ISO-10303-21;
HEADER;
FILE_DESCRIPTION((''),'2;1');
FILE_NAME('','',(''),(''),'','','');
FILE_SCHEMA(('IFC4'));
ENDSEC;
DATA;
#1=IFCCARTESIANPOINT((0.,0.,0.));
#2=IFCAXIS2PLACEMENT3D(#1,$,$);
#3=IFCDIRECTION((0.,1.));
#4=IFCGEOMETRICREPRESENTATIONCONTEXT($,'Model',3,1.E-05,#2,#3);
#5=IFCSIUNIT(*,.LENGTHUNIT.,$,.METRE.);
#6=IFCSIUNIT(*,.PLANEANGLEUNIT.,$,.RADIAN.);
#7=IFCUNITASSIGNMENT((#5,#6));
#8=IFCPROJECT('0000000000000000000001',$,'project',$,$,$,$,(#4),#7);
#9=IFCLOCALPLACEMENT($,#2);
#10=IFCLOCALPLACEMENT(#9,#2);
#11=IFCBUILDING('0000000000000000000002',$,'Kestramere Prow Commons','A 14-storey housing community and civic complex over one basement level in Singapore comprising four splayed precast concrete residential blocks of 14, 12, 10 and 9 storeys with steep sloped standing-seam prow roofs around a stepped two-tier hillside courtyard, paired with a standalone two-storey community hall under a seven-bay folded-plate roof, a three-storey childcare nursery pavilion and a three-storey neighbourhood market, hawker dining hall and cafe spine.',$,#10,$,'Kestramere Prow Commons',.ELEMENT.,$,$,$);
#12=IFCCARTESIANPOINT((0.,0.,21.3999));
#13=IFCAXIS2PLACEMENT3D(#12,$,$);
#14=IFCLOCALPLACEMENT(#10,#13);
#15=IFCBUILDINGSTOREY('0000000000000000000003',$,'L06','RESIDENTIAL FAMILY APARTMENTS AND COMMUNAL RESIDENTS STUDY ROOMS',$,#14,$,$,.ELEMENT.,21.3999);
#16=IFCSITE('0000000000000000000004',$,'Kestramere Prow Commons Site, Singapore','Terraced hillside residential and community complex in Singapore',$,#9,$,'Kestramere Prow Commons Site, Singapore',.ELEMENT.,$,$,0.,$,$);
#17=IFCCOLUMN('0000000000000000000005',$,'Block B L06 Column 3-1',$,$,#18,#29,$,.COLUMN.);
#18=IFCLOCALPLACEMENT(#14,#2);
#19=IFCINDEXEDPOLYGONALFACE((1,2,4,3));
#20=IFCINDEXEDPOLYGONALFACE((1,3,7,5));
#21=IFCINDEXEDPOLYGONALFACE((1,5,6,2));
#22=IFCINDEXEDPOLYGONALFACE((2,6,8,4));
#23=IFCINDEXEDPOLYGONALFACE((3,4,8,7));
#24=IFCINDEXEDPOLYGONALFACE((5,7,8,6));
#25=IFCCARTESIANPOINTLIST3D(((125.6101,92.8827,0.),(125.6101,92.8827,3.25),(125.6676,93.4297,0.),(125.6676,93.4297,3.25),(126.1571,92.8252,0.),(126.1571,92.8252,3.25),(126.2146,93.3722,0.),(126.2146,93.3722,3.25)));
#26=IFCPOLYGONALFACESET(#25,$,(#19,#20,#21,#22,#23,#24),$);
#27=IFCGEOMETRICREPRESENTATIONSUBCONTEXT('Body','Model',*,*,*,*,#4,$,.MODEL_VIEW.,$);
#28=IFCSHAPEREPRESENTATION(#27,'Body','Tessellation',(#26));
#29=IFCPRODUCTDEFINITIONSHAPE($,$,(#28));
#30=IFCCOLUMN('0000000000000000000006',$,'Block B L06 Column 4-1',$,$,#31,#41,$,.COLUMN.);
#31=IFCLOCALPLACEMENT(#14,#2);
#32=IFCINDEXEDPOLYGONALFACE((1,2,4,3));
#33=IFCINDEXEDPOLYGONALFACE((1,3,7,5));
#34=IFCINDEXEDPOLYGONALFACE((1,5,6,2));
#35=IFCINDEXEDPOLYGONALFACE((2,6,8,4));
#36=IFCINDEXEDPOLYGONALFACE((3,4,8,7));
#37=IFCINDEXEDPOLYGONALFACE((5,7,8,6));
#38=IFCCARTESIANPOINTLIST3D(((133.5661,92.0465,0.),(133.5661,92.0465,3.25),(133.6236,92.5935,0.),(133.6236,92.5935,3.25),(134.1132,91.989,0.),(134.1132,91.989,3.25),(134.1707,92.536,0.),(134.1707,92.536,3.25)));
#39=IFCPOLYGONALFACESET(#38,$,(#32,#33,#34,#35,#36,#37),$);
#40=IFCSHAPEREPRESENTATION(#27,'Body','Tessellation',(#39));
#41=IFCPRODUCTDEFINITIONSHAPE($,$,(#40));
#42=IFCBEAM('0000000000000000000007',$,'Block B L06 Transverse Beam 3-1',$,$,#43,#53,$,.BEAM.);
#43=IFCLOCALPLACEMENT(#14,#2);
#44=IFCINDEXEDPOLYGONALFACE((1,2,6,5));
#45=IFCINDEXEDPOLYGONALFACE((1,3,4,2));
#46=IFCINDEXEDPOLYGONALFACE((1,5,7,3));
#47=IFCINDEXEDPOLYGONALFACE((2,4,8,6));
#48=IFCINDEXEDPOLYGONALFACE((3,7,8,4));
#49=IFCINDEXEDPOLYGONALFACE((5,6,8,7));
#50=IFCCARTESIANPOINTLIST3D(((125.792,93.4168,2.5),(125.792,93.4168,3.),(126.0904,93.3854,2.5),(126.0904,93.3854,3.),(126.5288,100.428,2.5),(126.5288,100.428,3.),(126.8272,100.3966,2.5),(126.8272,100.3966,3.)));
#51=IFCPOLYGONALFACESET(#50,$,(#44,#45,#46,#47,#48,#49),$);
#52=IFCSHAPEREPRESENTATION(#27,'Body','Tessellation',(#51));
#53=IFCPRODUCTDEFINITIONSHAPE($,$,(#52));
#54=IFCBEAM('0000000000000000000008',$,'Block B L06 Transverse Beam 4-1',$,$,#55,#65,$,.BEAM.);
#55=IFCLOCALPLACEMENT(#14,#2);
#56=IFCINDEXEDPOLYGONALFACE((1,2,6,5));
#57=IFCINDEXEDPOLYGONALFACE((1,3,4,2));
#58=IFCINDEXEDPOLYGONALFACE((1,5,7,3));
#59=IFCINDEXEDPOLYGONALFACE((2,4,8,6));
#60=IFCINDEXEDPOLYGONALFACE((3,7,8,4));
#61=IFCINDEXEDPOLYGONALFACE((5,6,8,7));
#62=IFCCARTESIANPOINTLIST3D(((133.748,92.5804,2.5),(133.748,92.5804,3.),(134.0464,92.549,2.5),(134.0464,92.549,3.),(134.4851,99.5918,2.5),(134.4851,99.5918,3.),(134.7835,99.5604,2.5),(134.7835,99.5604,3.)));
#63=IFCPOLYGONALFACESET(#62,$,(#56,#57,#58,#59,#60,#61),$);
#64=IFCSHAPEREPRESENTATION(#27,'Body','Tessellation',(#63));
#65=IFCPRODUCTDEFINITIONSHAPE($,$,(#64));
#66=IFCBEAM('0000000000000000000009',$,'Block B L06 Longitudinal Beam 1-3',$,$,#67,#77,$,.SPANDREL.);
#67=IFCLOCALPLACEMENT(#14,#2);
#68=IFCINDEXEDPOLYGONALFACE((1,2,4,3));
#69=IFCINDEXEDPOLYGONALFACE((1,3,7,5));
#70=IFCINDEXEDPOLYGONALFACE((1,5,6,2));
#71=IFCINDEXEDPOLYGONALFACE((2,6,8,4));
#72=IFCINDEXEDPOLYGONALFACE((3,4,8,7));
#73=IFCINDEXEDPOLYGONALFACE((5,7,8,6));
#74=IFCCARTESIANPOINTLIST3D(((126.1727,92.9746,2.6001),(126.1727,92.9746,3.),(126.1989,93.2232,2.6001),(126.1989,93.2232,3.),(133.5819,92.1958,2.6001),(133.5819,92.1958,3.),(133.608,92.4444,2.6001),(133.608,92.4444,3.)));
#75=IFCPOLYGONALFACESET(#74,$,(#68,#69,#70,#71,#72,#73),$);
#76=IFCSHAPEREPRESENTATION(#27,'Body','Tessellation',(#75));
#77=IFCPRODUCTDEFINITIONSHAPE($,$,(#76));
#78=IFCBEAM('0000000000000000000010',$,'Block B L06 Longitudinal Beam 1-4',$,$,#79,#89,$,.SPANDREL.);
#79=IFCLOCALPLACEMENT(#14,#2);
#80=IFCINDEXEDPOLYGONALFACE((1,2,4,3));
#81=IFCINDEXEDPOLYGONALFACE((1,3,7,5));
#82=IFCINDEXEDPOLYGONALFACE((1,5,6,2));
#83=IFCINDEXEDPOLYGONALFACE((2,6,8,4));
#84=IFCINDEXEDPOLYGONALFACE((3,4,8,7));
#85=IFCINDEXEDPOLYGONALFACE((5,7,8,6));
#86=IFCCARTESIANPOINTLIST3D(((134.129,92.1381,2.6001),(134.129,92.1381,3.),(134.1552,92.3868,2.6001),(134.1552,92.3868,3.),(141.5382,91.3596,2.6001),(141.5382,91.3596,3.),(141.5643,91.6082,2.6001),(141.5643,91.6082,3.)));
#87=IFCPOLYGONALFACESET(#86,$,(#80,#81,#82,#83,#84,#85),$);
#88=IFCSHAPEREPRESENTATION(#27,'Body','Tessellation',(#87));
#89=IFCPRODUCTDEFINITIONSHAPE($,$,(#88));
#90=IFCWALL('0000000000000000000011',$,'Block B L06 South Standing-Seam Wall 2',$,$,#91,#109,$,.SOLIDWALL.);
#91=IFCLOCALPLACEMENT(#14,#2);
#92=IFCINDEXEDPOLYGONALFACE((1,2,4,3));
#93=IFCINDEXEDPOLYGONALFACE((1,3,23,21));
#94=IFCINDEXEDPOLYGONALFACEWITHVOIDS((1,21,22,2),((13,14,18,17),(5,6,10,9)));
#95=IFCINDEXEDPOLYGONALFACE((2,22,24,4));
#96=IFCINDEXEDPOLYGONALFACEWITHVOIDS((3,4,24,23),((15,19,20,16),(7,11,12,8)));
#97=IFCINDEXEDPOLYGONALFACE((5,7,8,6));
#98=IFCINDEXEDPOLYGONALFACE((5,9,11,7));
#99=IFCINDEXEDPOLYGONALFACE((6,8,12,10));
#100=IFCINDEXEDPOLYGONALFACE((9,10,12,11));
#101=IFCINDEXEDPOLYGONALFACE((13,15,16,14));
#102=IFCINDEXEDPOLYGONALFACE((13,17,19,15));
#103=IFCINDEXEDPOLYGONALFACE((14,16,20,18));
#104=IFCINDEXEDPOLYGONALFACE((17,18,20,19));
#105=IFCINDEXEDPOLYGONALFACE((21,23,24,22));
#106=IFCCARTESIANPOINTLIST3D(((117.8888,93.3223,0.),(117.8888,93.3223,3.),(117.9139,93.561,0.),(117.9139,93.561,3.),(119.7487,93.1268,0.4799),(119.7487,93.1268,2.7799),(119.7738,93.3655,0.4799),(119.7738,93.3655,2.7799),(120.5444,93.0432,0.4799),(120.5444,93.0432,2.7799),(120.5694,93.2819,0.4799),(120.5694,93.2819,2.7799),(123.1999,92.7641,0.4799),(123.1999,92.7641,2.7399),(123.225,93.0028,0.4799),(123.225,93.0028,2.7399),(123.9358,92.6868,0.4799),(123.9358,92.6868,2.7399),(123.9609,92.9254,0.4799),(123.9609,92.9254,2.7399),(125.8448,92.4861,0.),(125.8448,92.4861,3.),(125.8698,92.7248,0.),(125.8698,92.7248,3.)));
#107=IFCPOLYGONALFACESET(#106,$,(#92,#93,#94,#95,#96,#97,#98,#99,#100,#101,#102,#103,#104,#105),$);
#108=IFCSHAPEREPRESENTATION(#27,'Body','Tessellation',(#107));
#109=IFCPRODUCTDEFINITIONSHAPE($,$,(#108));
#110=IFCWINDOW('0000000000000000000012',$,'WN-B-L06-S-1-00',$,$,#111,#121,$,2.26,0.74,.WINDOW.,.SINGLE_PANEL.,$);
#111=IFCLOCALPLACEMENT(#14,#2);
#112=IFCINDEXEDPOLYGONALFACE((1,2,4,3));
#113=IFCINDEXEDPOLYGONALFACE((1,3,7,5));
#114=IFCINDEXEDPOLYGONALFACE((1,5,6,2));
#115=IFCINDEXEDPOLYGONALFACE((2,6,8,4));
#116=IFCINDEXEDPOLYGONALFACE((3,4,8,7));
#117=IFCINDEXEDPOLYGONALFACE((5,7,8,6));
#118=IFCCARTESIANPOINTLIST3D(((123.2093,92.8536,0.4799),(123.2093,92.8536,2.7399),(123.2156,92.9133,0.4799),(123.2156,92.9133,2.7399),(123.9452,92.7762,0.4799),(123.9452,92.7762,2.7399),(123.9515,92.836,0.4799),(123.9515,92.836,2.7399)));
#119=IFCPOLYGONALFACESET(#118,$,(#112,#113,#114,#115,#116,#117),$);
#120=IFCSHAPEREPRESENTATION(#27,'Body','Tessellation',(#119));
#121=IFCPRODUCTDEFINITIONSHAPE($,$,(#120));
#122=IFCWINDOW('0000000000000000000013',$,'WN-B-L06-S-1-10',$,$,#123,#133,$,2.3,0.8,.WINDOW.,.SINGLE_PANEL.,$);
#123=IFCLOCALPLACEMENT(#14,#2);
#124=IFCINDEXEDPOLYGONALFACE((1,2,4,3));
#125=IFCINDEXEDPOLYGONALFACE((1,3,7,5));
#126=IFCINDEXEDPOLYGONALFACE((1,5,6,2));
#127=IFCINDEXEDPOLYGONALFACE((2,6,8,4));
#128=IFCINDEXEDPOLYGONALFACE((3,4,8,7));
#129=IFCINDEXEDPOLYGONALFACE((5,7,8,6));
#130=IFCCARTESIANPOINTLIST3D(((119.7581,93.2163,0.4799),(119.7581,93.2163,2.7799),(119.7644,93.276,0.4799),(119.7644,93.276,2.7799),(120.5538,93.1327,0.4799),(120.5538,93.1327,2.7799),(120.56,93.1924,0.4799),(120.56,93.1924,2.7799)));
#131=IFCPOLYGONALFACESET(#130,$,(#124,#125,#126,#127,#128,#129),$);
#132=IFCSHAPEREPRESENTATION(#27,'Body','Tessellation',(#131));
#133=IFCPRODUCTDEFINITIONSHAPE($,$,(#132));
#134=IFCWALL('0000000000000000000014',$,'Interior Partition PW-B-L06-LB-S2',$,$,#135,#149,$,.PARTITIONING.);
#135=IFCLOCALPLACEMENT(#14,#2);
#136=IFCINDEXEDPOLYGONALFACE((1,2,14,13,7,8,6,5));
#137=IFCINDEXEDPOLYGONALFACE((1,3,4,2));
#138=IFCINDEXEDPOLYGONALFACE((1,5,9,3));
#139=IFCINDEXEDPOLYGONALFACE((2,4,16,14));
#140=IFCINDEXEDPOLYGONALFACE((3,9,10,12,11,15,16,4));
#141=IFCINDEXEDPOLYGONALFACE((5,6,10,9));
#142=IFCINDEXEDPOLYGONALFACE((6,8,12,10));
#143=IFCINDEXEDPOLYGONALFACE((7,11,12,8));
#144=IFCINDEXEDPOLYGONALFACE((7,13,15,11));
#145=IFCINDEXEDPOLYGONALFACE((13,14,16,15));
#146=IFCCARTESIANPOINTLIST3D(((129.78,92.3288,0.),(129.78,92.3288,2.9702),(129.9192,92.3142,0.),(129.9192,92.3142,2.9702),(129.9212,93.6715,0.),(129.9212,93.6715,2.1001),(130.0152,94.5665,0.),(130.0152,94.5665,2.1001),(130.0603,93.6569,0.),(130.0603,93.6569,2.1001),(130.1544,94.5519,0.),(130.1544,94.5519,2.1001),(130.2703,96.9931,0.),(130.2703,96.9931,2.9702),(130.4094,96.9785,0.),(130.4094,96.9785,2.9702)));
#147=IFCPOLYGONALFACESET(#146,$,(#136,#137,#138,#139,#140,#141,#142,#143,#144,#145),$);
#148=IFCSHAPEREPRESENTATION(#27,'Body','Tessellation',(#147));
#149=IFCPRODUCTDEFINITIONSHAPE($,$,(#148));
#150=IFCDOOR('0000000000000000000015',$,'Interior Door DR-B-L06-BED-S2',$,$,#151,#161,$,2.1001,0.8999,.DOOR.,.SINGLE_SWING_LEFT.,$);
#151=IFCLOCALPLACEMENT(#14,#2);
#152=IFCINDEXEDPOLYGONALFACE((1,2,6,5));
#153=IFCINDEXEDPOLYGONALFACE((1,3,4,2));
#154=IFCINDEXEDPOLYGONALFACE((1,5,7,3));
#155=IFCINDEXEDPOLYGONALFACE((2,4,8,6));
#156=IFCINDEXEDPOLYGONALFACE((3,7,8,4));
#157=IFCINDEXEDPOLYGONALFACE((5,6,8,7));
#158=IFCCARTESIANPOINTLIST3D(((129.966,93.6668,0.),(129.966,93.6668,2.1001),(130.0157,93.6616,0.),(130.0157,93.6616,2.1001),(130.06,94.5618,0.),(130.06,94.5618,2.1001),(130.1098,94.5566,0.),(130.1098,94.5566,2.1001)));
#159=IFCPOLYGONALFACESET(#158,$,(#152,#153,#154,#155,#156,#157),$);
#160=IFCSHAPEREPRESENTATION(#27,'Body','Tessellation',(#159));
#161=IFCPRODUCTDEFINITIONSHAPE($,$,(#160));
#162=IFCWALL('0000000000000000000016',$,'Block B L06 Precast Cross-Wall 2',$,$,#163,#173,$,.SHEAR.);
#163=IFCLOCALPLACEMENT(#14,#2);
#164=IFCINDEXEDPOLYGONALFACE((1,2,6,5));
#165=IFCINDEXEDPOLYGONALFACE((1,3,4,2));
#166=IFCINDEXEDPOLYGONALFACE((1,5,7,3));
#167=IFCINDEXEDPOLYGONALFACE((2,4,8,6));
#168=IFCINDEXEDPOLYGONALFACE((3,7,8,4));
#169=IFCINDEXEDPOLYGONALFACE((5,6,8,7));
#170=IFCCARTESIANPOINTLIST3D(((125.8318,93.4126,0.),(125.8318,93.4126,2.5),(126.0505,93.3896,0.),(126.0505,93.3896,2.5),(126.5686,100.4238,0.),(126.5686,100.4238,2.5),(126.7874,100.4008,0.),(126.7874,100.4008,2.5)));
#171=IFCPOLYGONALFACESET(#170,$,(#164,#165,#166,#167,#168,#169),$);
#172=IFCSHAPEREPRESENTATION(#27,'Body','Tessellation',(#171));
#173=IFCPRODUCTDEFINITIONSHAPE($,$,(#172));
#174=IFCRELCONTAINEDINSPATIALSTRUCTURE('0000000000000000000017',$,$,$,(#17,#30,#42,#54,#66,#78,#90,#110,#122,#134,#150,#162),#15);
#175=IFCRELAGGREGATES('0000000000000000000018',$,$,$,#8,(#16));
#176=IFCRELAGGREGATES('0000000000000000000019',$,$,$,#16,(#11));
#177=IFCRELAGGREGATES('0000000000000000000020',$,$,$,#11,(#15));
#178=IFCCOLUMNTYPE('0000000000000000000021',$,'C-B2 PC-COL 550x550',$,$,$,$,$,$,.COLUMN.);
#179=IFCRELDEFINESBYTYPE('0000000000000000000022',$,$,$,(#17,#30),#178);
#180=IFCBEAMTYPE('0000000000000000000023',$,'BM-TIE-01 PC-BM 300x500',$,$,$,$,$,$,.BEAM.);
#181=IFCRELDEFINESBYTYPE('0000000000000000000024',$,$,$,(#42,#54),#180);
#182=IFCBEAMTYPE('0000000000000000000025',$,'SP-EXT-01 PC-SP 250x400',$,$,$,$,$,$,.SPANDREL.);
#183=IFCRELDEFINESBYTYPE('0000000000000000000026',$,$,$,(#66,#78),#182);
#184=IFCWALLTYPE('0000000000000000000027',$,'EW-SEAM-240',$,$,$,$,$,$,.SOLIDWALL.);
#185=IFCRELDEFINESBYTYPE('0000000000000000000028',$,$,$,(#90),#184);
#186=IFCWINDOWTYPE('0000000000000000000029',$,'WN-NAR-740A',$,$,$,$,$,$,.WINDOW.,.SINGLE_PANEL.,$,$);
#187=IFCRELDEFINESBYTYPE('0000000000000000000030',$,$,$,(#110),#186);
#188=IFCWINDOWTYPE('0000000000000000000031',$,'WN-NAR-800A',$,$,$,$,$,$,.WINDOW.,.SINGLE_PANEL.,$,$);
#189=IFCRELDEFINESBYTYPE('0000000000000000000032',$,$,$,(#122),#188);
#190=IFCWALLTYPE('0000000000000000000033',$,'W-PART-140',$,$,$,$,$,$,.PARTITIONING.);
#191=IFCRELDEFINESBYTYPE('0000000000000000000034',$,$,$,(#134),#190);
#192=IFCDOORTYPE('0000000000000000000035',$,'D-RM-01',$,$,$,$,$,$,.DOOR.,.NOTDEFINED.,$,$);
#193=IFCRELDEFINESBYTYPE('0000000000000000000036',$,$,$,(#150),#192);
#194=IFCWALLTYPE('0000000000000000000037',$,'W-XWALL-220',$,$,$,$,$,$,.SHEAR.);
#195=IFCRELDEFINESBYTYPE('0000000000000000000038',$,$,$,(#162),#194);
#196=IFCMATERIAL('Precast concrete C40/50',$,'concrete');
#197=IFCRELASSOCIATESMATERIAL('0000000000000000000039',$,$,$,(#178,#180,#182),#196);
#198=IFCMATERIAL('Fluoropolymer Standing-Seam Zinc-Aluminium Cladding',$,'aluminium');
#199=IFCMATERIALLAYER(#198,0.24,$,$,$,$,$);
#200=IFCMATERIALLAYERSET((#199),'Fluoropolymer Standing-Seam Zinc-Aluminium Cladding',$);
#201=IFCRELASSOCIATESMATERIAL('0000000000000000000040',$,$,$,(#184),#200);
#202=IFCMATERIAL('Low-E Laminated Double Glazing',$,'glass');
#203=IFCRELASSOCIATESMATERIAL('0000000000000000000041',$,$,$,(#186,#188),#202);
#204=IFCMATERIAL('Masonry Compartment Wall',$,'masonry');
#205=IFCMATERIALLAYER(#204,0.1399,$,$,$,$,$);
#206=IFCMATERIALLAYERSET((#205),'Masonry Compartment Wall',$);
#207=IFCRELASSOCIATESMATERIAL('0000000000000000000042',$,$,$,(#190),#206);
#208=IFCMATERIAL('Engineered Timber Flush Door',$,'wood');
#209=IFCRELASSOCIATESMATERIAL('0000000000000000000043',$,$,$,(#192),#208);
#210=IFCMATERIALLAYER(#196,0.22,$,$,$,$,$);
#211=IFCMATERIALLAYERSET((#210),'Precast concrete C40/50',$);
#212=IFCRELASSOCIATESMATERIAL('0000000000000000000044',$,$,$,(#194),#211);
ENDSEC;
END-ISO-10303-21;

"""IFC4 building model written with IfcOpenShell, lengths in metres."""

from ifc_helpers import new_model, si_unit, direction, frame, frame_2d, origin, origin_2d, place, context, subcontext, project, spatial, rectangle, extrude, material, layer, layer_set, material_profile, profile_set, type_object, element, fill, save


model = new_model("IFC4")

# Units and contexts
model_context = context("Model", 3, precision=1e-05, world=origin(), true_north=direction((0.0, 1.0)))
body_context = subcontext(model_context, "Body", "Model", "MODEL_VIEW")
ifc_project = project(units=[si_unit("LENGTHUNIT", "METRE"), si_unit("PLANEANGLEUNIT", "RADIAN")], contexts=[model_context])

# Site, building, storey
site_placement = place(None, origin())
site = spatial("IfcSite", under=ifc_project, at=site_placement, Name="Kestramere Prow Commons Site, Singapore", Description="Terraced hillside residential and community complex in Singapore", LongName="Kestramere Prow Commons Site, Singapore", CompositionType="ELEMENT", RefElevation=0.0)
building_placement = place(site_placement, origin())
building = spatial("IfcBuilding", under=site, at=building_placement, Name="Kestramere Prow Commons", Description="A 14-storey housing community and civic complex over one basement level in Singapore comprising four splayed precast concrete residential blocks of 14, 12, 10 and 9 storeys with steep sloped standing-seam prow roofs around a stepped two-tier hillside courtyard, paired with a standalone two-storey community hall under a seven-bay folded-plate roof, a three-storey childcare nursery pavilion and a three-storey neighbourhood market, hawker dining hall and cafe spine.", LongName="Kestramere Prow Commons", CompositionType="ELEMENT")
storey_placement = place(building_placement, frame((0.0, 0.0, 21.3999)))
storey = spatial("IfcBuildingStorey", under=building, at=storey_placement, Name="L06", Description="RESIDENTIAL FAMILY APARTMENTS AND COMMUNAL RESIDENTS STUDY ROOMS", CompositionType="ELEMENT", Elevation=21.3999)

# Columns
ifc_material_1 = material(Name="Precast concrete C40/50", Category="concrete")
ifc_material_profile_1 = material_profile(ifc_material_1, rectangle(XDim=0.55, YDim=0.55, at=origin_2d()), Name="PC-COL 550x550")
ifc_profile_set_1 = profile_set([ifc_material_profile_1], Name="Precast concrete C40/50")
column_type = type_object("IfcColumnType", Name="C-B2 PC-COL 550x550", PredefinedType="COLUMN", material=ifc_profile_set_1)
for number, where, z_axis, x_axis, name in (
    (1, (125.9124, 93.1274, 0.0), (0.0, 0.0, 1.0), (0.994522, -0.104528, 0.0), "Block B L06 Column 3-1"),
    (2, (133.8684, 92.2913, 0.0), (0.0, 0.0, 1.0), (0.994522, -0.104528, 0.0), "Block B L06 Column 4-1"),
):
    element("IfcColumn", number, at=place(storey_placement, frame(where, z_axis=z_axis, x_axis=x_axis)), inside=storey, type_object=column_type, Name=name, PredefinedType="COLUMN", context=body_context, shape_type="SweptSolid", body=[
        extrude(rectangle(XDim=0.55, YDim=0.55, at=origin_2d()), origin(), (0.0, 0.0, 1.0), 3.25),
    ])

# Beams
ifc_material_profile_2 = material_profile(ifc_material_1, rectangle(XDim=0.3, YDim=0.5, at=origin_2d()), Name="PC-BM 300x500")
ifc_profile_set_2 = profile_set([ifc_material_profile_2], Name="Precast concrete C40/50")
beam_type_1 = type_object("IfcBeamType", Name="BM-TIE-01 PC-BM 300x500", PredefinedType="BEAM", material=ifc_profile_set_2)
beam_1_placement = place(storey_placement, frame((125.9412, 93.4011, 2.75), z_axis=(0.104515, 0.994523, 0.0), x_axis=(-0.994523, 0.104515, 0.0)))
element("IfcBeam", 3, at=beam_1_placement, inside=storey, type_object=beam_type_1, Name="Block B L06 Transverse Beam 3-1", PredefinedType="BEAM", context=body_context, shape_type="SweptSolid", body=[
    extrude(rectangle(XDim=0.3, YDim=0.5, at=origin_2d()), origin(), (0.0, 0.0, 1.0), 7.0498),
])
beam_2_placement = place(storey_placement, frame((133.8972, 92.5647, 2.75), z_axis=(0.104546, 0.99452, 0.0), x_axis=(-0.99452, 0.104546, 0.0)))
element("IfcBeam", 4, at=beam_2_placement, inside=storey, type_object=beam_type_1, Name="Block B L06 Transverse Beam 4-1", PredefinedType="BEAM", context=body_context, shape_type="SweptSolid", body=[
    extrude(rectangle(XDim=0.3, YDim=0.5, at=origin_2d()), origin(), (0.0, 0.0, 1.0), 7.05),
])
ifc_material_profile_3 = material_profile(ifc_material_1, rectangle(XDim=0.25, YDim=0.3999, at=origin_2d()), Name="PC-SP 250x400")
ifc_profile_set_3 = profile_set([ifc_material_profile_3], Name="Precast concrete C40/50")
beam_type_2 = type_object("IfcBeamType", Name="SP-EXT-01 PC-SP 250x400", PredefinedType="SPANDREL", material=ifc_profile_set_3)
for number, where, z_axis, x_axis, name in (
    (5, (126.1858, 93.0989, 2.8), (0.994521, -0.104538, 0.0), (0.104538, 0.994521, 0.0), "Block B L06 Longitudinal Beam 1-3"),
    (6, (134.1421, 92.2625, 2.8), (0.994524, -0.104506, 0.0), (0.104506, 0.994524, 0.0), "Block B L06 Longitudinal Beam 1-4"),
):
    element("IfcBeam", number, at=place(storey_placement, frame(where, z_axis=z_axis, x_axis=x_axis)), inside=storey, type_object=beam_type_2, Name=name, PredefinedType="SPANDREL", context=body_context, shape_type="SweptSolid", body=[
        extrude(rectangle(XDim=0.25, YDim=0.3999, at=origin_2d()), origin(), (0.0, 0.0, 1.0), 7.45),
    ])

# Wall, openings, windows
ifc_material_2 = material(Name="Fluoropolymer Standing-Seam Zinc-Aluminium Cladding", Category="aluminium")
ifc_layer_1 = layer(ifc_material_2, 0.24)
ifc_layer_set_1 = layer_set([ifc_layer_1], Name="Fluoropolymer Standing-Seam Zinc-Aluminium Cladding")
wall_type_1 = type_object("IfcWallType", Name="EW-SEAM-240", PredefinedType="SOLIDWALL", material=ifc_layer_set_1)
wall_1_placement = place(storey_placement, frame((125.8574, 92.6055, 0.0), z_axis=(0.0, 0.0, 1.0), x_axis=(-0.994522, 0.104524, 0.0)))
wall_1 = element("IfcWall", 7, at=wall_1_placement, inside=storey, type_object=wall_type_1, Name="Block B L06 South Standing-Seam Wall 2", PredefinedType="SOLIDWALL", context=body_context, shape_type="SweptSolid", body=[
    extrude(rectangle(XDim=7.9998, YDim=0.24, at=frame_2d((4.0, 0.0))), origin(), (0.0, 0.0, 1.0), 3.0),
])
opening_1_placement = place(wall_1_placement, frame((1.9194, 0.0, 0.48)))
opening_1 = element("IfcOpeningElement", 8, at=opening_1_placement, cuts=wall_1, PredefinedType="OPENING", context=body_context, shape_type="SweptSolid", body=[
    extrude(rectangle(XDim=0.74, YDim=2.26, at=frame_2d((0.3701, 1.1299))), frame((0.0, 0.135, 0.0), z_axis=(0.0, -1.0, 0.0), x_axis=(1.0, 0.0, 0.0)), (0.0, 0.0, 1.0), 0.27),
])
opening_2_placement = place(wall_1_placement, frame((5.3298, 0.0, 0.48)))
opening_2 = element("IfcOpeningElement", 9, at=opening_2_placement, cuts=wall_1, PredefinedType="OPENING", context=body_context, shape_type="SweptSolid", body=[
    extrude(rectangle(XDim=0.8, YDim=2.3, at=frame_2d((0.3999, 1.1499))), frame((0.0, 0.135, 0.0), z_axis=(0.0, -1.0, 0.0), x_axis=(1.0, 0.0, 0.0)), (0.0, 0.0, 1.0), 0.27),
])
ifc_material_3 = material(Name="Low-E Laminated Double Glazing", Category="glass")
window_type_1 = type_object("IfcWindowType", Name="WN-NAR-740A", PartitioningType="SINGLE_PANEL", PredefinedType="WINDOW", material=ifc_material_3)
window_1_placement = place(opening_1_placement, origin())
window_1 = element("IfcWindow", 10, at=window_1_placement, inside=storey, type_object=window_type_1, Name="WN-B-L06-S-1-00", OverallHeight=2.26, OverallWidth=0.74, PartitioningType="SINGLE_PANEL", PredefinedType="WINDOW", context=body_context, shape_type="SweptSolid", body=[
    extrude(rectangle(XDim=0.74, YDim=2.26, at=frame_2d((0.3701, 1.1299))), frame((0.0, 0.03, 0.0), z_axis=(0.0, -1.0, 0.0), x_axis=(1.0, 0.0, 0.0)), (0.0, 0.0, 1.0), 0.0601),
])
fill(opening_1, window_1)
window_type_2 = type_object("IfcWindowType", Name="WN-NAR-800A", PartitioningType="SINGLE_PANEL", PredefinedType="WINDOW", material=ifc_material_3)
window_2_placement = place(opening_2_placement, origin())
window_2 = element("IfcWindow", 11, at=window_2_placement, inside=storey, type_object=window_type_2, Name="WN-B-L06-S-1-10", OverallHeight=2.3, OverallWidth=0.8, PartitioningType="SINGLE_PANEL", PredefinedType="WINDOW", context=body_context, shape_type="SweptSolid", body=[
    extrude(rectangle(XDim=0.8, YDim=2.3, at=frame_2d((0.3999, 1.1499))), frame((0.0, 0.03, 0.0), z_axis=(0.0, -1.0, 0.0), x_axis=(1.0, 0.0, 0.0)), (0.0, 0.0, 1.0), 0.0601),
])
fill(opening_2, window_2)

# Wall, opening, door
ifc_material_4 = material(Name="Masonry Compartment Wall", Category="masonry")
ifc_layer_2 = layer(ifc_material_4, 0.1399)
ifc_layer_set_2 = layer_set([ifc_layer_2], Name="Masonry Compartment Wall")
wall_type_2 = type_object("IfcWallType", Name="W-PART-140", PredefinedType="PARTITIONING", material=ifc_layer_set_2)
wall_2_placement = place(storey_placement, frame((129.8496, 92.3215, 0.0), z_axis=(0.0, 0.0, 1.0), x_axis=(0.104528, 0.994522, 0.0)))
wall_2 = element("IfcWall", 12, at=wall_2_placement, inside=storey, type_object=wall_type_2, Name="Interior Partition PW-B-L06-LB-S2", PredefinedType="PARTITIONING", context=body_context, shape_type="SweptSolid", body=[
    extrude(rectangle(XDim=4.6899, YDim=0.1399, at=frame_2d((2.345, 0.0))), origin(), (0.0, 0.0, 1.0), 2.9702),
])
opening_3_placement = place(wall_2_placement, frame((1.3501, 0.0, 0.0)))
opening_3 = element("IfcOpeningElement", 13, at=opening_3_placement, cuts=wall_2, PredefinedType="OPENING", context=body_context, shape_type="SweptSolid", body=[
    extrude(rectangle(XDim=0.8999, YDim=2.1001, at=frame_2d((0.45, 1.05))), frame((0.0, 0.085, 0.0), z_axis=(0.0, -1.0, 0.0), x_axis=(1.0, 0.0, 0.0)), (0.0, 0.0, 1.0), 0.1699),
])
ifc_material_5 = material(Name="Engineered Timber Flush Door", Category="wood")
door_type_1 = type_object("IfcDoorType", Name="D-RM-01", OperationType="NOTDEFINED", PredefinedType="DOOR", material=ifc_material_5)
door_1_placement = place(opening_3_placement, origin())
door_1 = element("IfcDoor", 14, at=door_1_placement, inside=storey, type_object=door_type_1, Name="Interior Door DR-B-L06-BED-S2", OperationType="SINGLE_SWING_LEFT", OverallHeight=2.1001, OverallWidth=0.8999, PredefinedType="DOOR", context=body_context, shape_type="SweptSolid", body=[
    extrude(rectangle(XDim=0.8999, YDim=2.1001, at=frame_2d((0.45, 1.05))), frame((0.0, 0.0249, 0.0), z_axis=(0.0, -1.0, 0.0), x_axis=(1.0, 0.0, 0.0)), (0.0, 0.0, 1.0), 0.05),
])
fill(opening_3, door_1)

# Wall
ifc_layer_3 = layer(ifc_material_1, 0.22)
ifc_layer_set_3 = layer_set([ifc_layer_3], Name="Precast concrete C40/50")
wall_type_3 = type_object("IfcWallType", Name="W-XWALL-220", PredefinedType="SHEAR", material=ifc_layer_set_3)
wall_3_placement = place(storey_placement, frame((125.9412, 93.4011, 0.0), z_axis=(0.0, 0.0, 1.0), x_axis=(0.104515, 0.994523, 0.0)))
element("IfcWall", 15, at=wall_3_placement, inside=storey, type_object=wall_type_3, Name="Block B L06 Precast Cross-Wall 2", PredefinedType="SHEAR", context=body_context, shape_type="SweptSolid", body=[
    extrude(rectangle(XDim=7.0498, YDim=0.22, at=frame_2d((3.5249, 0.0))), origin(), (0.0, 0.0, 1.0), 2.5),
])

save(model, "model.ifc")
